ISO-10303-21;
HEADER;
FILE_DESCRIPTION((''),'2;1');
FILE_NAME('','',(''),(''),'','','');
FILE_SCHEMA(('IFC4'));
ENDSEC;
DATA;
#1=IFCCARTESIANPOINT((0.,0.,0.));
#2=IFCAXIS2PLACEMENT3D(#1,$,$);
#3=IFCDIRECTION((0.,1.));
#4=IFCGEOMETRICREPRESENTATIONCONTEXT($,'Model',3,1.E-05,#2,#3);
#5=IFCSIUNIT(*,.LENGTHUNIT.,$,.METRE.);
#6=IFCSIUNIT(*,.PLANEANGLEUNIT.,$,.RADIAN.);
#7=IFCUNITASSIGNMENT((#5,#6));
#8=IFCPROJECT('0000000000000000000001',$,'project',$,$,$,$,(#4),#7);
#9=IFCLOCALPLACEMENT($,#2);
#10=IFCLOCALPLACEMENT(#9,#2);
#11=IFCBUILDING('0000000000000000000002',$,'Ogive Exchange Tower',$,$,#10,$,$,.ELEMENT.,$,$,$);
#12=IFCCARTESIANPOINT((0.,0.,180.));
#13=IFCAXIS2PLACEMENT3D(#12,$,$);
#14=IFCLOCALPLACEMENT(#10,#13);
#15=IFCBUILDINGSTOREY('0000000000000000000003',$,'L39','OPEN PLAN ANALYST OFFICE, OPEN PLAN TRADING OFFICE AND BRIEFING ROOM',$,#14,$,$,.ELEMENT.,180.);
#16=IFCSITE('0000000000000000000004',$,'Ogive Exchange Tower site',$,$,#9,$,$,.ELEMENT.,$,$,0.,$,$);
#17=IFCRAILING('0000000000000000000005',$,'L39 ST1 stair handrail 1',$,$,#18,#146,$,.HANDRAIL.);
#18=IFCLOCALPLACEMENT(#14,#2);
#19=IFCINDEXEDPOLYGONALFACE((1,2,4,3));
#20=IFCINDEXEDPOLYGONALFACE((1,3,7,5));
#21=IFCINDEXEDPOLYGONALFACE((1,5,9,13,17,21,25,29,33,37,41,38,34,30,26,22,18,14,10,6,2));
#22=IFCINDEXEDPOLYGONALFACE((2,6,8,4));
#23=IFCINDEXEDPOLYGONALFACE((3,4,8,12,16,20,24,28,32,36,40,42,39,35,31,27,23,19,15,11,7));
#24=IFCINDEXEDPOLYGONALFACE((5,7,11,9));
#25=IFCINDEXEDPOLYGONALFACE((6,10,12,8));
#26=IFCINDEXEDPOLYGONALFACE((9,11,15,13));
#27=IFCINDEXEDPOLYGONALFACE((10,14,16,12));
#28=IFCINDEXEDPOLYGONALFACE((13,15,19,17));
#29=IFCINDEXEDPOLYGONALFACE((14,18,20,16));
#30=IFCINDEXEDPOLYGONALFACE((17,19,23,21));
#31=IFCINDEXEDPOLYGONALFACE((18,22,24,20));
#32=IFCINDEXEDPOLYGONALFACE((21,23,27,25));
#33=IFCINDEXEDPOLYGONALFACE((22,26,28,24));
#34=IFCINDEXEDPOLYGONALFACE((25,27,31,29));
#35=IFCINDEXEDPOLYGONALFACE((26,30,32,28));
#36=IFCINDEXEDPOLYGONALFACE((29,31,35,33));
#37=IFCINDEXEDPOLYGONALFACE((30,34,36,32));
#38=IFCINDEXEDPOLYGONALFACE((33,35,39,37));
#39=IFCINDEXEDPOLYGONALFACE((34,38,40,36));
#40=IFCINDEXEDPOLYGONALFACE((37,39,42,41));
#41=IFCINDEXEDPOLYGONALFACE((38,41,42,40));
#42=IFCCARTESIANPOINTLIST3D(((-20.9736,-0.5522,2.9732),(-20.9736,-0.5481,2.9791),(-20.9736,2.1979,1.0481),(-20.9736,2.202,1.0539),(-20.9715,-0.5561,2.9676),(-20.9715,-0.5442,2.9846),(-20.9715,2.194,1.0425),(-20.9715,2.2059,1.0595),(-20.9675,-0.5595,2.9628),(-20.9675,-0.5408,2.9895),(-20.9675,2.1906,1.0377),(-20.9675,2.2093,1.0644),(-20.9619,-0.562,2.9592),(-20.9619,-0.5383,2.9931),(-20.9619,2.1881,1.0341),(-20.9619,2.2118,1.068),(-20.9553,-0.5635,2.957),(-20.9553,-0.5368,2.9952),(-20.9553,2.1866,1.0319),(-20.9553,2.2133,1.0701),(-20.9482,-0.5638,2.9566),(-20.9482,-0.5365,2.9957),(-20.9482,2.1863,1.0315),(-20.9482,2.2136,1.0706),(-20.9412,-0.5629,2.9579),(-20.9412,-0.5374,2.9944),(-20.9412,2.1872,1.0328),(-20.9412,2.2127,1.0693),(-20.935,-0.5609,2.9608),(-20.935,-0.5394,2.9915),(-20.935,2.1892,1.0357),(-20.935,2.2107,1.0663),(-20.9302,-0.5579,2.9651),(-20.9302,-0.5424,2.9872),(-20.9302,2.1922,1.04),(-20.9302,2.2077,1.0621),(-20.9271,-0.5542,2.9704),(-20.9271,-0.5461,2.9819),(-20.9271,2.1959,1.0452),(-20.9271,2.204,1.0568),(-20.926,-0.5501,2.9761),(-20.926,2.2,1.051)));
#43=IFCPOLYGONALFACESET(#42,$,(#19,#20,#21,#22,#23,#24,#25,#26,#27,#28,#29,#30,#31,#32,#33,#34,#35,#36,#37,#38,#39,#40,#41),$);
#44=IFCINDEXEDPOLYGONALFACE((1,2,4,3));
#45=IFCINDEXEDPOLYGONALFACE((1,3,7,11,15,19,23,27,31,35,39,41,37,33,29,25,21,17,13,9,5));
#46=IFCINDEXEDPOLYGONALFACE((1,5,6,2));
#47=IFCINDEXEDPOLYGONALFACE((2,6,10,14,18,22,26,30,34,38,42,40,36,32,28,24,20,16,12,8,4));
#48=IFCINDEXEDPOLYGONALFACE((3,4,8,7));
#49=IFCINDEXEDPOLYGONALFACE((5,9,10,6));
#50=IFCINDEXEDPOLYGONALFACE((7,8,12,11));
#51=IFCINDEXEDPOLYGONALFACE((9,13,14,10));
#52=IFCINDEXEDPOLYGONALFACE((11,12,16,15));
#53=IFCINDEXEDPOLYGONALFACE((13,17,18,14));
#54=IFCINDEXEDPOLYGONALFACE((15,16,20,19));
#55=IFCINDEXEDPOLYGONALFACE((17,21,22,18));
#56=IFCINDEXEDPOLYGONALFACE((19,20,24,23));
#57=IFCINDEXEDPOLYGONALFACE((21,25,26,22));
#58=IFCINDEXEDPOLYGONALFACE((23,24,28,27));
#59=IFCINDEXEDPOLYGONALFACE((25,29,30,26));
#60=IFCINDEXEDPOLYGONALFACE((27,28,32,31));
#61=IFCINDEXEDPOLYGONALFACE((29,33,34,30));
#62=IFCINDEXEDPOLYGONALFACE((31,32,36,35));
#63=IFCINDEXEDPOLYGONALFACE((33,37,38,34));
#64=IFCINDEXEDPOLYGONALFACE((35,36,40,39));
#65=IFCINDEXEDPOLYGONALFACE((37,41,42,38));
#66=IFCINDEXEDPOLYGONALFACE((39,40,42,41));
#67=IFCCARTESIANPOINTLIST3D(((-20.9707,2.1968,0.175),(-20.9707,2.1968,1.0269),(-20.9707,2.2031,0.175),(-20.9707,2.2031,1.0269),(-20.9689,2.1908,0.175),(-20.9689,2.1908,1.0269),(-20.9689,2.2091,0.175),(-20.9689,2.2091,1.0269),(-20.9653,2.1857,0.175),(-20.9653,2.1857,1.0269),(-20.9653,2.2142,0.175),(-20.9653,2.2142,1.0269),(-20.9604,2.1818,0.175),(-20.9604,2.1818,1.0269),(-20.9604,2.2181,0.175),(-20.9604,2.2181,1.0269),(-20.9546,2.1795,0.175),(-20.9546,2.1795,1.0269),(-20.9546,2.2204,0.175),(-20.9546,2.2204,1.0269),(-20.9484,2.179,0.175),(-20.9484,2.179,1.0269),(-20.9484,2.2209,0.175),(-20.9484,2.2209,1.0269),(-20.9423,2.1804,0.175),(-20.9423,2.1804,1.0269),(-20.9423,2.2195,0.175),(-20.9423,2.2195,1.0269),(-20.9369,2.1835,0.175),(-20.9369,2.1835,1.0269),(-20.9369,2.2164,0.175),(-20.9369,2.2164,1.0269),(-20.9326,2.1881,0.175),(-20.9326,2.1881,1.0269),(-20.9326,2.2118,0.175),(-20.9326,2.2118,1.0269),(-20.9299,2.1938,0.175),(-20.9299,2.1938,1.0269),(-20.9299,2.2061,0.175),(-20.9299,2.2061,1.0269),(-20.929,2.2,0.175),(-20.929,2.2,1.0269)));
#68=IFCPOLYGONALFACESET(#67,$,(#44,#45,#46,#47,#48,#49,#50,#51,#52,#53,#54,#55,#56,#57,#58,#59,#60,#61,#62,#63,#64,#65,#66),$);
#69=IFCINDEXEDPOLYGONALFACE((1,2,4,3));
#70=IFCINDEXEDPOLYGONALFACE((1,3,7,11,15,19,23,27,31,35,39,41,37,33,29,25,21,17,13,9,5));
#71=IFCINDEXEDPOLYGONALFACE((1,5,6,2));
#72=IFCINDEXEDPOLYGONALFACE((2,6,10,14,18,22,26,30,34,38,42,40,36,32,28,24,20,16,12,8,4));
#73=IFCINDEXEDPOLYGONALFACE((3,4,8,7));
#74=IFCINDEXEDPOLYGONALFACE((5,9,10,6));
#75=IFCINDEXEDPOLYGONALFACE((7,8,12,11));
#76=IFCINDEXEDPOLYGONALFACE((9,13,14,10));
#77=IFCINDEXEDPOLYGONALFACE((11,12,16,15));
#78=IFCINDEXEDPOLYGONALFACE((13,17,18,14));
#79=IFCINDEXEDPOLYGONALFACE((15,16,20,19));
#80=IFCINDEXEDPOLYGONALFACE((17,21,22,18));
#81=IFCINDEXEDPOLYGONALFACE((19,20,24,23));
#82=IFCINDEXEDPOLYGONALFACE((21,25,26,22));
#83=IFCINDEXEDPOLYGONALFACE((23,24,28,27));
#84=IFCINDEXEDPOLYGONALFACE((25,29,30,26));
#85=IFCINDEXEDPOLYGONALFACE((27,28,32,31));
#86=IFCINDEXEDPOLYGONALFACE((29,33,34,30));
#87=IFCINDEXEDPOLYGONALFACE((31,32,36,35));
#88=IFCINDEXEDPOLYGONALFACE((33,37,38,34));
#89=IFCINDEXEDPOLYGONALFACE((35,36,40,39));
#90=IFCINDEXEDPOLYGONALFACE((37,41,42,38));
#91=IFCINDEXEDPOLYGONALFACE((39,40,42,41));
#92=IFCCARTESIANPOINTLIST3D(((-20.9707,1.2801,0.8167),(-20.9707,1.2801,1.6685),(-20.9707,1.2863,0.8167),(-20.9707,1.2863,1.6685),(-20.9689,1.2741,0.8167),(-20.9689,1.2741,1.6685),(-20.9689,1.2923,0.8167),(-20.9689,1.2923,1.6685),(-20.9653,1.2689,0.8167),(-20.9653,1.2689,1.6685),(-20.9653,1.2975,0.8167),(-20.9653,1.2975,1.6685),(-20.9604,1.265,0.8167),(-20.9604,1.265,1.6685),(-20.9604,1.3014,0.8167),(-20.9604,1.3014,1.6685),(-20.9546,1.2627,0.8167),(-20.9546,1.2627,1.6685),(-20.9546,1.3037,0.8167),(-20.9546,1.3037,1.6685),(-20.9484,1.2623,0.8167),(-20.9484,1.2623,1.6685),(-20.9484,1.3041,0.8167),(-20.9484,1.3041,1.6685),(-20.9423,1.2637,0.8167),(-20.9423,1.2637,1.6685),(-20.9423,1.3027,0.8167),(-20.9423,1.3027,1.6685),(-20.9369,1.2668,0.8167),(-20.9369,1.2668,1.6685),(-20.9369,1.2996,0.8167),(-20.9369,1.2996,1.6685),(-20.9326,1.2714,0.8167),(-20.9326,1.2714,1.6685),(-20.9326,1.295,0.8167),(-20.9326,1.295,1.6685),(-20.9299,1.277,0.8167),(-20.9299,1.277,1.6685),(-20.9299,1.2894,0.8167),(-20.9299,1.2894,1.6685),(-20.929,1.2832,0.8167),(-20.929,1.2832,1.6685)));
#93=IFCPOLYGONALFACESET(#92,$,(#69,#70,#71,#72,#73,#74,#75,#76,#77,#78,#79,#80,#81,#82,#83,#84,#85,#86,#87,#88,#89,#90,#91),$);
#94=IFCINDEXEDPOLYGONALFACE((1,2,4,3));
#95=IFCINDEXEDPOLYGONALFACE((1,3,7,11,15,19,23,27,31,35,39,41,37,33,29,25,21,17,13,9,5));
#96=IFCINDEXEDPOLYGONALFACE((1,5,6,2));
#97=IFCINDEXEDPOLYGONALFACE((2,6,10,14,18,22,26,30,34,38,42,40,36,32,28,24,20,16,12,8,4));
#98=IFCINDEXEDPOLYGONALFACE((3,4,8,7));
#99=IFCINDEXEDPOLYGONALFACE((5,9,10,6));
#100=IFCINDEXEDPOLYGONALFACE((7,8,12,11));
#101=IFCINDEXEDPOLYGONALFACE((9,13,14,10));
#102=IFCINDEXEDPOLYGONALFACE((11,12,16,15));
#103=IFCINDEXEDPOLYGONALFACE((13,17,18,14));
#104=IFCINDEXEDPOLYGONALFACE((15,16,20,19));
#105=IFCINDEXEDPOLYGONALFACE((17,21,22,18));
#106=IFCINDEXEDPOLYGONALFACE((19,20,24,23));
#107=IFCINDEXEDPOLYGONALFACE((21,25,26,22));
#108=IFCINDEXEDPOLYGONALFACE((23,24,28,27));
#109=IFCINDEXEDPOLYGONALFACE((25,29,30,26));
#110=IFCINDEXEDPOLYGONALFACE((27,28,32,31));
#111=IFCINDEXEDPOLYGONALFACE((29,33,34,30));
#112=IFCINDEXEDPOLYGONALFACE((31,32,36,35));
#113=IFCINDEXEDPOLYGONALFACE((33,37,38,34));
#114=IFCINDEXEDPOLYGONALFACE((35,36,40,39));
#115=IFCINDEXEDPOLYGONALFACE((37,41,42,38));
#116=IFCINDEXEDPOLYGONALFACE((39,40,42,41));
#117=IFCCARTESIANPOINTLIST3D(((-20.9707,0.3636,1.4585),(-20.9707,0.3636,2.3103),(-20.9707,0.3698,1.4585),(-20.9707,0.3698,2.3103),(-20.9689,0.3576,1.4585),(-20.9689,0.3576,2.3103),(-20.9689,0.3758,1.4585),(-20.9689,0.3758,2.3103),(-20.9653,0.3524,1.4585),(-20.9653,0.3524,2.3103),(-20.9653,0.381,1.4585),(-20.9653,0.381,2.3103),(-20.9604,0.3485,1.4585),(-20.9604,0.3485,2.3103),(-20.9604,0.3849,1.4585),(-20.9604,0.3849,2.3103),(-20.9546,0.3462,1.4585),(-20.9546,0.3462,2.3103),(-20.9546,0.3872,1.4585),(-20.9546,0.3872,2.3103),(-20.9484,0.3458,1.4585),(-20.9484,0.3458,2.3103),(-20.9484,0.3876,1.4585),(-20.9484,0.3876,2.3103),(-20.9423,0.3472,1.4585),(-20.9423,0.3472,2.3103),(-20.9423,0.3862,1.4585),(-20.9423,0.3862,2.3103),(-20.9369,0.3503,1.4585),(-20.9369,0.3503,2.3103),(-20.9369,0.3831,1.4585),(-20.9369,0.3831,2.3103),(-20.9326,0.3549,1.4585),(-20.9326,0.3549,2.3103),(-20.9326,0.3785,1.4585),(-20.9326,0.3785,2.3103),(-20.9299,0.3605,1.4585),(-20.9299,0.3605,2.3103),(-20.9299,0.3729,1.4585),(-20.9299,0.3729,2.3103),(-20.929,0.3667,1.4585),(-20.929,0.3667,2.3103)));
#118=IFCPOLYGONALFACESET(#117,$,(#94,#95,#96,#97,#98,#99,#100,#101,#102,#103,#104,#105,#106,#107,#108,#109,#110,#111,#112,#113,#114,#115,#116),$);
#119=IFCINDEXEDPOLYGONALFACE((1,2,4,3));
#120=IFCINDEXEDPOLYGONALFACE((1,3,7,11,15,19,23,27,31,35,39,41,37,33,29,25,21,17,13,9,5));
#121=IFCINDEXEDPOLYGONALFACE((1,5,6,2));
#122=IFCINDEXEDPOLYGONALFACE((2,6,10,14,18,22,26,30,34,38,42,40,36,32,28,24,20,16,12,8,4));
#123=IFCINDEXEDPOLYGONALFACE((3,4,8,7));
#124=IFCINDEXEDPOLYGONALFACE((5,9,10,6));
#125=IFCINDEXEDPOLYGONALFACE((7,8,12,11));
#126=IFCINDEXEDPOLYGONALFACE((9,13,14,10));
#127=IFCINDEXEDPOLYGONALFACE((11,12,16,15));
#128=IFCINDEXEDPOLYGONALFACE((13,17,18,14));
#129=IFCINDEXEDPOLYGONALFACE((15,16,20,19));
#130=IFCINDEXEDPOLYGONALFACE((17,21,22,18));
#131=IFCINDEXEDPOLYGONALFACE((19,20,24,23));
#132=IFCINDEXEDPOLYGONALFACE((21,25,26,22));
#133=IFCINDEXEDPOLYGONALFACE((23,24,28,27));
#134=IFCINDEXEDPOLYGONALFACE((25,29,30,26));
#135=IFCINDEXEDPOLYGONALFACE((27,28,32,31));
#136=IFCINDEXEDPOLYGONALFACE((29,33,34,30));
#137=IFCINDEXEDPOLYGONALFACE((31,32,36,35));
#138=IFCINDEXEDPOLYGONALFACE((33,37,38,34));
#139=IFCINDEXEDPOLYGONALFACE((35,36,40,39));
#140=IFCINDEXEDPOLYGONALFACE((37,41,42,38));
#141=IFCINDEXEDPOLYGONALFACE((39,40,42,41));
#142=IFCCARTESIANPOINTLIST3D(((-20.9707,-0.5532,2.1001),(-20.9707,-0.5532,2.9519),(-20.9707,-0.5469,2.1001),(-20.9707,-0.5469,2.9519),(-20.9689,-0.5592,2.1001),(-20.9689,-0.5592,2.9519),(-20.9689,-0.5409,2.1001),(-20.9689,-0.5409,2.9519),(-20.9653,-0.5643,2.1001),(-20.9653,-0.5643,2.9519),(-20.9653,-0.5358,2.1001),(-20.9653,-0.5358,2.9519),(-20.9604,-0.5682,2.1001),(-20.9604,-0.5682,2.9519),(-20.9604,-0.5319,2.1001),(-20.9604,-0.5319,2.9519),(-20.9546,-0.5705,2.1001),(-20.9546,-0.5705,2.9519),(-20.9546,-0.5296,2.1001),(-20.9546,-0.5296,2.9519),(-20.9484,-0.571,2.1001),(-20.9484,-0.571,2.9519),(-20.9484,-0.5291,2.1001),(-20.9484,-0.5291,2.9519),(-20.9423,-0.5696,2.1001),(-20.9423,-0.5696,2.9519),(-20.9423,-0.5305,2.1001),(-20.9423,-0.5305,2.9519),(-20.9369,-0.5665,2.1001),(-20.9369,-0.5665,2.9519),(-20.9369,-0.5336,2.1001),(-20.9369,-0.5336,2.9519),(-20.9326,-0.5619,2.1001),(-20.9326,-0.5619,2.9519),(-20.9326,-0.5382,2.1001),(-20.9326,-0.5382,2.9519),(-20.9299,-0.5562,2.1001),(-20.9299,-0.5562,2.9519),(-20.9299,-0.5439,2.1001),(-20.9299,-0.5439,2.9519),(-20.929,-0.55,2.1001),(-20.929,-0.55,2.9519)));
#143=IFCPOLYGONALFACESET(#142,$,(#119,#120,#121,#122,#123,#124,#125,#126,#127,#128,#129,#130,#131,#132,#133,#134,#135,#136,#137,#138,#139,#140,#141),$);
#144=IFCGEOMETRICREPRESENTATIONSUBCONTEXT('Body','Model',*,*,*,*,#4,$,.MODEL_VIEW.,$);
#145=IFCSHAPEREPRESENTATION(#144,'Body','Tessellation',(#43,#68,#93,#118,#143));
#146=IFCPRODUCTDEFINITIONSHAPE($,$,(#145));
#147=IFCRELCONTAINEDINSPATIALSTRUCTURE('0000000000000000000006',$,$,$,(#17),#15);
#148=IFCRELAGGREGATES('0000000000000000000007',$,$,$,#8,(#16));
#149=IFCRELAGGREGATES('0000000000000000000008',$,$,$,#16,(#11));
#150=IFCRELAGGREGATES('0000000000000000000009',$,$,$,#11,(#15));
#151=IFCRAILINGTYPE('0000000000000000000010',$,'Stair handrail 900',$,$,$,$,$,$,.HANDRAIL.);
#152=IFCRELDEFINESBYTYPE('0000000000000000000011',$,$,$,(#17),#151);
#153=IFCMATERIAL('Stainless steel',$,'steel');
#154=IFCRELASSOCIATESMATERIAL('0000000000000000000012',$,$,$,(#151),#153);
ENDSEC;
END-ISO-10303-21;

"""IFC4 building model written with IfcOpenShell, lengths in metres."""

from ifc_helpers import new_model, si_unit, direction, frame, origin, origin_2d, place, context, subcontext, project, spatial, circle, extrude, material, type_object, element, save


model = new_model("IFC4")

# Units and contexts
model_context = context("Model", 3, precision=1e-05, world=origin(), true_north=direction((0.0, 1.0)))
body_context = subcontext(model_context, "Body", "Model", "MODEL_VIEW")
ifc_project = project(units=[si_unit("LENGTHUNIT", "METRE"), si_unit("PLANEANGLEUNIT", "RADIAN")], contexts=[model_context])

# Site, building, storey
site_placement = place(None, origin())
site = spatial("IfcSite", under=ifc_project, at=site_placement, Name="Ogive Exchange Tower site", CompositionType="ELEMENT", RefElevation=0.0)
building_placement = place(site_placement, origin())
building = spatial("IfcBuilding", under=site, at=building_placement, Name="Ogive Exchange Tower", CompositionType="ELEMENT")
storey_placement = place(building_placement, frame((0.0, 0.0, 180.0)))
storey = spatial("IfcBuildingStorey", under=building, at=storey_placement, Name="L39", Description="OPEN PLAN ANALYST OFFICE, OPEN PLAN TRADING OFFICE AND BRIEFING ROOM", CompositionType="ELEMENT", Elevation=180.0)

# Shared definitions
ifc_material_1 = material(Name="Stainless steel", Category="steel")

# Railing
railing_type = type_object("IfcRailingType", Name="Stair handrail 900", PredefinedType="HANDRAIL", material=ifc_material_1)
railing_placement = place(storey_placement, frame((-20.95, 2.2, 0.175)))
element("IfcRailing", 1, at=railing_placement, inside=storey, type_object=railing_type, Name="L39 ST1 stair handrail 1", PredefinedType="HANDRAIL", context=body_context, shape_type="SweptSolid", body=[
    extrude(circle(Radius=0.0239, at=origin_2d()), frame((0.0, 0.0, 0.876), z_axis=(0.0, -0.819225, 0.573472), x_axis=(1.0, 0.0, 0.0)), (0.0, 0.0, 1.0), 3.3569),
    extrude(circle(Radius=0.021, at=origin_2d()), origin(), (0.0, 0.0, 1.0), 0.8518),
    extrude(circle(Radius=0.021, at=origin_2d()), frame((0.0, -0.9167, 0.6416)), (0.0, 0.0, 1.0), 0.8518),
    extrude(circle(Radius=0.021, at=origin_2d()), frame((0.0, -1.8333, 1.2834)), (0.0, 0.0, 1.0), 0.8518),
    extrude(circle(Radius=0.021, at=origin_2d()), frame((0.0, -2.75, 1.925)), (0.0, 0.0, 1.0), 0.8518),
])

save(model, "model.ifc")
